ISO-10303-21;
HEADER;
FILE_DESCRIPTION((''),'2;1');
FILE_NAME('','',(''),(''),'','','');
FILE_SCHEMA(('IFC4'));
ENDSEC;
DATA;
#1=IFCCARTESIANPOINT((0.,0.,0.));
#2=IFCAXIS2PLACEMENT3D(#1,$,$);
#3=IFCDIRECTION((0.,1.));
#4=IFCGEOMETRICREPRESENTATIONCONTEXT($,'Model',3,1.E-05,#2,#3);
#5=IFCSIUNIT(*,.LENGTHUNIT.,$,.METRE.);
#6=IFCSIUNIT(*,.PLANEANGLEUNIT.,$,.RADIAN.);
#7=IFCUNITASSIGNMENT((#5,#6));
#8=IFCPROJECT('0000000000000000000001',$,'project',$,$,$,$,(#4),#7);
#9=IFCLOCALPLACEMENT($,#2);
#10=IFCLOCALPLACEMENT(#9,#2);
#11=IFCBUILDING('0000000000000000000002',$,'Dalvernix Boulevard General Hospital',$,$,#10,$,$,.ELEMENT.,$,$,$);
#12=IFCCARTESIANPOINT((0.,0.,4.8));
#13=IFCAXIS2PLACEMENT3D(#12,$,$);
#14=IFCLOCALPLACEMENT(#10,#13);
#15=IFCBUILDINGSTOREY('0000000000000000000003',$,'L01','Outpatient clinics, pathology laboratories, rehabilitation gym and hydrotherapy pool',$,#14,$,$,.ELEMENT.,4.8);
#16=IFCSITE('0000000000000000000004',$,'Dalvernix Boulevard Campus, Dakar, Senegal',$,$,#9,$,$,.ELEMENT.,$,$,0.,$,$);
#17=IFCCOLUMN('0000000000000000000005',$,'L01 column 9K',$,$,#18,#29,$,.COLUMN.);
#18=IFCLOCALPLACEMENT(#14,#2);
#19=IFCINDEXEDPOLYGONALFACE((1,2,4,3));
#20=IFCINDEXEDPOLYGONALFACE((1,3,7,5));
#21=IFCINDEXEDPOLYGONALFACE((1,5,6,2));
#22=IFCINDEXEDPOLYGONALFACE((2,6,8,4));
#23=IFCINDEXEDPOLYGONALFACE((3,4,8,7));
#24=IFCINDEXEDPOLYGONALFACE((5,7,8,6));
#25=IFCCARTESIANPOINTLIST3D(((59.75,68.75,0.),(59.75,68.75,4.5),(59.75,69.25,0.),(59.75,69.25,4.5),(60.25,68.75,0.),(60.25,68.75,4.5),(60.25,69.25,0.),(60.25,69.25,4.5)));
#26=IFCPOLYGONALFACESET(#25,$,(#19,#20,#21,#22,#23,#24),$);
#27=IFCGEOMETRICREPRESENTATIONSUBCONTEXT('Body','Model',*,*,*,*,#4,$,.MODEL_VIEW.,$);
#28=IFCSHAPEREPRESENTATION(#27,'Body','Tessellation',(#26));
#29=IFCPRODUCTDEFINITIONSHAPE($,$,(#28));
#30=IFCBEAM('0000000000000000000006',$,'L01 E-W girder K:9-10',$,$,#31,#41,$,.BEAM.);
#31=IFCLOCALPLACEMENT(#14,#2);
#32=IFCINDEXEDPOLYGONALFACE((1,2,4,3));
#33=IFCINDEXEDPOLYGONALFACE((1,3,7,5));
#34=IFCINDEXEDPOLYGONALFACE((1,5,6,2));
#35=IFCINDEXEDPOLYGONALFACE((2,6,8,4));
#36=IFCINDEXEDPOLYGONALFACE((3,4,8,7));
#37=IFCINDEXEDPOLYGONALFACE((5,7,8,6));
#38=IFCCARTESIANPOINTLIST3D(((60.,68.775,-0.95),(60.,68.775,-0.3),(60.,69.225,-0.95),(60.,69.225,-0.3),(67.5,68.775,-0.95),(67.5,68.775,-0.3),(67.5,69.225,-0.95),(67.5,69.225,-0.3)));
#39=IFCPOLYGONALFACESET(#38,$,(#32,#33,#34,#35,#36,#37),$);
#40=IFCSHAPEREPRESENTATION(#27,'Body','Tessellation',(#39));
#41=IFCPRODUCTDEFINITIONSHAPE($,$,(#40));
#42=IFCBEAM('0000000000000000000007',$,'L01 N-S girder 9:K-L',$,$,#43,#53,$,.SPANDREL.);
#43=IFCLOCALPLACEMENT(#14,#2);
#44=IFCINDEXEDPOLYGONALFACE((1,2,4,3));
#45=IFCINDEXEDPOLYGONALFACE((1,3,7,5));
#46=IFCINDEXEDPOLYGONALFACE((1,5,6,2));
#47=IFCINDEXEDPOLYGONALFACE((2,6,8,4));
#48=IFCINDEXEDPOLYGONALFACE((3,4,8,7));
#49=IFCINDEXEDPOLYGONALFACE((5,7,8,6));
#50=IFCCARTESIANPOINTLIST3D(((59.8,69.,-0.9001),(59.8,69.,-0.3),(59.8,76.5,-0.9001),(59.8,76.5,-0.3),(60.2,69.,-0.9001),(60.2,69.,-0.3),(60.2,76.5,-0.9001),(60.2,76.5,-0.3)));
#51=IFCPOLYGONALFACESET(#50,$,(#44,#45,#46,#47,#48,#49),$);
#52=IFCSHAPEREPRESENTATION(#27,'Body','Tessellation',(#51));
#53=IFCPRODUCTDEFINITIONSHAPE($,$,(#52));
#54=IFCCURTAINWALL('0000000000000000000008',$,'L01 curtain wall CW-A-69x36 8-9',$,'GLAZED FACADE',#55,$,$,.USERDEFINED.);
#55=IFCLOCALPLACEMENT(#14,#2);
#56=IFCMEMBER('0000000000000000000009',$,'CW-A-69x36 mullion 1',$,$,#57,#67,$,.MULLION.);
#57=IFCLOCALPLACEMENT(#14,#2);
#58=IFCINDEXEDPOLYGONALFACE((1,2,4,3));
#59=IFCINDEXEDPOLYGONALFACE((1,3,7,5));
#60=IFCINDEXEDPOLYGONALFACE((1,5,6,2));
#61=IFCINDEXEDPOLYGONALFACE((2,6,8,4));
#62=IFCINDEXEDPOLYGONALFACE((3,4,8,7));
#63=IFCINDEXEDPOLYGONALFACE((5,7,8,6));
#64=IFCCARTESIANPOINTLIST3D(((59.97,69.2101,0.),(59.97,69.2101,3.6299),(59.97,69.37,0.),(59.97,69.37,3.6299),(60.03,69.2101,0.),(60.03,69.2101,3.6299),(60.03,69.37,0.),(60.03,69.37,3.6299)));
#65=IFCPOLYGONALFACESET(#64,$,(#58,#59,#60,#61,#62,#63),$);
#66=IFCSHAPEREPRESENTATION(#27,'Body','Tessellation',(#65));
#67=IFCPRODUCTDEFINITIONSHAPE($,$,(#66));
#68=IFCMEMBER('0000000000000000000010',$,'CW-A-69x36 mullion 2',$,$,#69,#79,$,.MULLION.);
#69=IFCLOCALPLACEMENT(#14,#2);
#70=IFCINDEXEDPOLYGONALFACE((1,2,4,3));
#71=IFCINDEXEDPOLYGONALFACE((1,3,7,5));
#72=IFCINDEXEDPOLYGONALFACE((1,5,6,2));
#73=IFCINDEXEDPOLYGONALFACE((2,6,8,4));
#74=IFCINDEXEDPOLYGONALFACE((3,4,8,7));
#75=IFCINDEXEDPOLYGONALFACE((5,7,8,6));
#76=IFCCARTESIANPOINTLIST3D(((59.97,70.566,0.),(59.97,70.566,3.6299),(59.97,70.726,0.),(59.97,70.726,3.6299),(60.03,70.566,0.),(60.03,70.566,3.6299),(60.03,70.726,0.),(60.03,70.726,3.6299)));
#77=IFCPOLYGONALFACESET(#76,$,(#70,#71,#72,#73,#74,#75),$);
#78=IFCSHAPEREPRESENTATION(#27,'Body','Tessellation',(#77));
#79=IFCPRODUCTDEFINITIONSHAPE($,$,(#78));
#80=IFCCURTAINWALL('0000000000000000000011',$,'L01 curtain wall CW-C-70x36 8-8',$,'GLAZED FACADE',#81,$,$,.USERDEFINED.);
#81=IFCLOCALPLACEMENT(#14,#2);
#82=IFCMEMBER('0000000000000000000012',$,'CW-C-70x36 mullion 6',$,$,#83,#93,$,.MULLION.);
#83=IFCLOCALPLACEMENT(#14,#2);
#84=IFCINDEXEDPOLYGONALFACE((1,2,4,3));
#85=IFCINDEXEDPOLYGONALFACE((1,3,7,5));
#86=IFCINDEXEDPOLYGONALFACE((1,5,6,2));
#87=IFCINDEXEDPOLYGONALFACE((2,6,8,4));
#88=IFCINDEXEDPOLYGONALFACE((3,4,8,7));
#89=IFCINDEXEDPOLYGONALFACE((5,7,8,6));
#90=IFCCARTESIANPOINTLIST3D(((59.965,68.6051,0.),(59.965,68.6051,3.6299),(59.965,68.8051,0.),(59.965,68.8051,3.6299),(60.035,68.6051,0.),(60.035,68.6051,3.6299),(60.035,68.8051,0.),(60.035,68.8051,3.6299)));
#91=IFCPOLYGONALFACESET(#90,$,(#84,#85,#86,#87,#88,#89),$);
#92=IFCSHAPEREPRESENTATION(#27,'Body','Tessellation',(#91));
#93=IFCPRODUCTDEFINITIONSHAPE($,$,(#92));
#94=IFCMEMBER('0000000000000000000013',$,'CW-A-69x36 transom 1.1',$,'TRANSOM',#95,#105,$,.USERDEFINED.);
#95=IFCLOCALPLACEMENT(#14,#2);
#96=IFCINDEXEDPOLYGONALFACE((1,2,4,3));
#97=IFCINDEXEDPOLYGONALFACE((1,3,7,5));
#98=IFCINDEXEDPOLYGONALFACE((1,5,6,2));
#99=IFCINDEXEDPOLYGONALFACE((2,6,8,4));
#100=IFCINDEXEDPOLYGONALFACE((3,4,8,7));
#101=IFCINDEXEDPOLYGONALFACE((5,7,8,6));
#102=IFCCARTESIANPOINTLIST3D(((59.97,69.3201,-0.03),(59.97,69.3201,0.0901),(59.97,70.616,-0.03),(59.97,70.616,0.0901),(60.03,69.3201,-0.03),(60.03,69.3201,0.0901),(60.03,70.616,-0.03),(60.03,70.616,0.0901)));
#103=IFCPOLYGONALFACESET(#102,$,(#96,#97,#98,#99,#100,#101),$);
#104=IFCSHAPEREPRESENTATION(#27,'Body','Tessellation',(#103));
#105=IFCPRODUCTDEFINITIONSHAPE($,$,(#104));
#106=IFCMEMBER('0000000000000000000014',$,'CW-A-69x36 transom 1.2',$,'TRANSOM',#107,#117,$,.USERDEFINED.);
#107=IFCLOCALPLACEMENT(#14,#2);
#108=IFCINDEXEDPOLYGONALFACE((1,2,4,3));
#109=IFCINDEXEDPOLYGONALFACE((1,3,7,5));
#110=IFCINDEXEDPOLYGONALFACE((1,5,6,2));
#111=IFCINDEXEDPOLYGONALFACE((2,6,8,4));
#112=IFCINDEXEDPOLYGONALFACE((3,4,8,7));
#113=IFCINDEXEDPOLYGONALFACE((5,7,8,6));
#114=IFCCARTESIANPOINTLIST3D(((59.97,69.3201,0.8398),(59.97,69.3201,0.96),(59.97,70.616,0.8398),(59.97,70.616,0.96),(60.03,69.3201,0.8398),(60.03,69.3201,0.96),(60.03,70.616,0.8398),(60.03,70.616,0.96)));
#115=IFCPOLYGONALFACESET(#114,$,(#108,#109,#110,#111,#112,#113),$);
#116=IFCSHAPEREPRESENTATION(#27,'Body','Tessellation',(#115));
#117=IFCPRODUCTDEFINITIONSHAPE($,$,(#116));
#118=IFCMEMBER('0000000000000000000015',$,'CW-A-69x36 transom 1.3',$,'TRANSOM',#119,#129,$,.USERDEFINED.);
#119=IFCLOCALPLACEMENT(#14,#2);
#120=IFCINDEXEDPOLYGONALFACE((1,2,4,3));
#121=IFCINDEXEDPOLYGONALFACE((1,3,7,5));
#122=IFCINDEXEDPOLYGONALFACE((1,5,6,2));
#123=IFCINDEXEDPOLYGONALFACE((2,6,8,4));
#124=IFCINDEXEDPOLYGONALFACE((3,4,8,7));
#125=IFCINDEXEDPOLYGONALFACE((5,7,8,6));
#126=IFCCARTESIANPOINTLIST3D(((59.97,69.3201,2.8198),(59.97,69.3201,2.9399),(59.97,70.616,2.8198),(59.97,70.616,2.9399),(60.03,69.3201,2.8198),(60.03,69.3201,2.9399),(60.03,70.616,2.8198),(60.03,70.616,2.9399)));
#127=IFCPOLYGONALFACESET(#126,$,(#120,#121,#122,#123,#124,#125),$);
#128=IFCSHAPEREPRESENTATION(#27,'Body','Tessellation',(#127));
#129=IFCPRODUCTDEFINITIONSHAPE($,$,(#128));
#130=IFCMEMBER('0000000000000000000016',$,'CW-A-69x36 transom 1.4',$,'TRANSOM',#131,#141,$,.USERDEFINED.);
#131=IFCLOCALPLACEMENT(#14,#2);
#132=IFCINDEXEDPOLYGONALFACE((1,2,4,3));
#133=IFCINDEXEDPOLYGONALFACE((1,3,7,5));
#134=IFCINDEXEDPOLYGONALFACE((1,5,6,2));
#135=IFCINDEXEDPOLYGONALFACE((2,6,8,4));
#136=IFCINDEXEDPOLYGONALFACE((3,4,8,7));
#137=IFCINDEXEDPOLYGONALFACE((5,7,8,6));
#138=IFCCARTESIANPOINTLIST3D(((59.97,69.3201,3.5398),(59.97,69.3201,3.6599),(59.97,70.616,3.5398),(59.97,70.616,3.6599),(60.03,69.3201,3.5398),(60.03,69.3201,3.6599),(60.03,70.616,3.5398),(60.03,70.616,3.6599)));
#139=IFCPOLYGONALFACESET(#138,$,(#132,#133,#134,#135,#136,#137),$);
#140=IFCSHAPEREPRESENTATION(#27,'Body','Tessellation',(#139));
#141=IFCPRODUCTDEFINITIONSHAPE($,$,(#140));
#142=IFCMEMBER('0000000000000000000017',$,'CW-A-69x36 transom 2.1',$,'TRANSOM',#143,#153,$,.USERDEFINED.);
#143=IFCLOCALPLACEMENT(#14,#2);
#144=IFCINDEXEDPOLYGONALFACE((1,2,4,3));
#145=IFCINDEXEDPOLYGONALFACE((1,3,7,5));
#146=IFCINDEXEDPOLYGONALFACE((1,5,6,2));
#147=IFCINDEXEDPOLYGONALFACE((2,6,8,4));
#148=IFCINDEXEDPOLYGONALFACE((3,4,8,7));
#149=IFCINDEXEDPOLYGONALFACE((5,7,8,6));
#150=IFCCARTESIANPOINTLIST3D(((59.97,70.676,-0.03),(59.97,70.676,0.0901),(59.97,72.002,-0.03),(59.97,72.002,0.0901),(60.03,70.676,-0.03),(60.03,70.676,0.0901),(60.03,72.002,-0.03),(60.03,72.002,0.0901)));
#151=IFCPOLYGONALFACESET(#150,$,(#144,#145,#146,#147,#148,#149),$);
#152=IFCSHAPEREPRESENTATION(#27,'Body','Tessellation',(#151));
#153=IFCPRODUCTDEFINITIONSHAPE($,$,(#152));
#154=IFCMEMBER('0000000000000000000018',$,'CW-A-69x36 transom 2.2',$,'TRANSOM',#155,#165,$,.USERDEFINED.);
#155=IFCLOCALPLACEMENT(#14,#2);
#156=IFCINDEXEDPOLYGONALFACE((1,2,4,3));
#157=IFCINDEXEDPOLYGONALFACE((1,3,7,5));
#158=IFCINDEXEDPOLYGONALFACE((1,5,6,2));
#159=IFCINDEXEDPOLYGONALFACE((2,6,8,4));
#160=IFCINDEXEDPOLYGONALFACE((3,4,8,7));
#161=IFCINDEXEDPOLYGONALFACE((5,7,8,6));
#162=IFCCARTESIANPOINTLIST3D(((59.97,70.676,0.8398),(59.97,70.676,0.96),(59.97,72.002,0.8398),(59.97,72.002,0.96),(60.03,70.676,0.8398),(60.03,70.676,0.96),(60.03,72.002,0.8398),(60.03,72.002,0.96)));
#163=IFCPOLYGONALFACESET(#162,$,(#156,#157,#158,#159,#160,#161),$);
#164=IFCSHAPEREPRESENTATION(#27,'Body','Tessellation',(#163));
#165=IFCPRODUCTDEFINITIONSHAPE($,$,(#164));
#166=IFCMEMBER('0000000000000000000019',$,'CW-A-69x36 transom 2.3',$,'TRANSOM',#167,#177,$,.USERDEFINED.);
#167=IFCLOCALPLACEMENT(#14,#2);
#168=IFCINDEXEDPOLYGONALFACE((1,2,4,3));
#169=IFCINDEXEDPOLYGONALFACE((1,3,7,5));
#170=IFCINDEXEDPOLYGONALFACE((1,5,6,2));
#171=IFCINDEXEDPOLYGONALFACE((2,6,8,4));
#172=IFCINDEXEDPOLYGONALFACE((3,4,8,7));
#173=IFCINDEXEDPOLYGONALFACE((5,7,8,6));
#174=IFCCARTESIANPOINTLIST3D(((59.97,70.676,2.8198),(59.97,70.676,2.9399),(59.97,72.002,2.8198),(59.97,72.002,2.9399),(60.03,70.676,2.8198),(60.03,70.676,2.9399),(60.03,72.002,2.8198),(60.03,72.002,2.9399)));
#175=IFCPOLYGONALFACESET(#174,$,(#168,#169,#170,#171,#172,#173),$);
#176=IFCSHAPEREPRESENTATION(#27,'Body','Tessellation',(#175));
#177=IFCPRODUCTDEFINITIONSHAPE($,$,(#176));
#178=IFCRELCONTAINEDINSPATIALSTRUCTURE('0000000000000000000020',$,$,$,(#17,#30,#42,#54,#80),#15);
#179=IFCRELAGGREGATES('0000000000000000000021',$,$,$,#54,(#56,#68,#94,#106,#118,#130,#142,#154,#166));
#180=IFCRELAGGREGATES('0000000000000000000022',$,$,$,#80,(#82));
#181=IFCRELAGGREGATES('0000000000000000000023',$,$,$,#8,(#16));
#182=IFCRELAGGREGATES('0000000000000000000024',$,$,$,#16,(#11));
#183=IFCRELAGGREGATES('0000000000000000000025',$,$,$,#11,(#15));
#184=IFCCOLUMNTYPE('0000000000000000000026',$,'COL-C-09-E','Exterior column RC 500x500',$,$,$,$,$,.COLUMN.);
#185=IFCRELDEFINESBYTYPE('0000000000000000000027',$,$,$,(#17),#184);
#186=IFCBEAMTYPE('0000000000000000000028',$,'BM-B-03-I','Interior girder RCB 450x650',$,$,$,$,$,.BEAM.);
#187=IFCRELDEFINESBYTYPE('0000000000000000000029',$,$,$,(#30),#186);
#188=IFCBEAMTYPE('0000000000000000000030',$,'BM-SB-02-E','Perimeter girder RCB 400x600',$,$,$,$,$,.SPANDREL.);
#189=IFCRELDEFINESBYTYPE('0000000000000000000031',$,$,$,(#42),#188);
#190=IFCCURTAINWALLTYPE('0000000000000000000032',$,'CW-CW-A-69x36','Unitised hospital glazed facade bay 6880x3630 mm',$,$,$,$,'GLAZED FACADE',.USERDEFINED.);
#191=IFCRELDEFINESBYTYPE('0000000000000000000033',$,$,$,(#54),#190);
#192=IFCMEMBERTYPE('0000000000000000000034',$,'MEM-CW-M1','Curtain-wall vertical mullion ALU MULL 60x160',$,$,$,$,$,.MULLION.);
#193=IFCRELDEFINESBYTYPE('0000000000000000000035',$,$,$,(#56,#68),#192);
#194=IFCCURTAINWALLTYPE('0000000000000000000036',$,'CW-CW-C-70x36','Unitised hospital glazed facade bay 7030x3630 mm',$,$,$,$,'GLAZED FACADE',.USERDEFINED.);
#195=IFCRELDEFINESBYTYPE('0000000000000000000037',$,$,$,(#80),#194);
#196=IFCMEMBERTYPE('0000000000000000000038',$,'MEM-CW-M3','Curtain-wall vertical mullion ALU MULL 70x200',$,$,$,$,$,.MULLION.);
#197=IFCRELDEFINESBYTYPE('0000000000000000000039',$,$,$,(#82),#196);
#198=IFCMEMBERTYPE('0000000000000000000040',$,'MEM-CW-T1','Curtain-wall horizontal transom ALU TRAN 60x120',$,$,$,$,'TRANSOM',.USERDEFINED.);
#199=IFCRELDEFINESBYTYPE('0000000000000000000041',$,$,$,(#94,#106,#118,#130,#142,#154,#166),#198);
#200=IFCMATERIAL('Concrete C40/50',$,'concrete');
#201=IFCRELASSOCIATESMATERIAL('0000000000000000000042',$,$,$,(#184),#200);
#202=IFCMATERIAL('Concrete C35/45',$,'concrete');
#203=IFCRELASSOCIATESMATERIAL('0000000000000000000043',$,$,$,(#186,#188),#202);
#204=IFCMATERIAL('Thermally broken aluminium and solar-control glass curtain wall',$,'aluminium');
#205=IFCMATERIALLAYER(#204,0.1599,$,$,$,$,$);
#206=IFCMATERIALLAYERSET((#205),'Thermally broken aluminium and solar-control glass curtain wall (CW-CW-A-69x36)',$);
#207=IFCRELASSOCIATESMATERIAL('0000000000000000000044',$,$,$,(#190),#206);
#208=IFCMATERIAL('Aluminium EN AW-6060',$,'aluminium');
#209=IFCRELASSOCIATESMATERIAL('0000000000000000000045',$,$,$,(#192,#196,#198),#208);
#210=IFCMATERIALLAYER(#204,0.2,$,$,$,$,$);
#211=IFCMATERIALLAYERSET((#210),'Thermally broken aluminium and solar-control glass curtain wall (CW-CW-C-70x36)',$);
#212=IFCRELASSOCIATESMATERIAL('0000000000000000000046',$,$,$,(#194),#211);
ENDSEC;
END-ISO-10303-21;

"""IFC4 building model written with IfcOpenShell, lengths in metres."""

from ifc_helpers import new_model, si_unit, direction, frame, origin, origin_2d, place, context, subcontext, project, spatial, rectangle, extrude, material, layer, layer_set, material_profile, profile_set, type_object, element, aggregate, save


model = new_model("IFC4")

# Units and contexts
model_context = context("Model", 3, precision=1e-05, world=origin(), true_north=direction((0.0, 1.0)))
body_context = subcontext(model_context, "Body", "Model", "MODEL_VIEW")
ifc_project = project(units=[si_unit("LENGTHUNIT", "METRE"), si_unit("PLANEANGLEUNIT", "RADIAN")], contexts=[model_context])

# Site, building, storey
site_placement = place(None, origin())
site = spatial("IfcSite", under=ifc_project, at=site_placement, Name="Dalvernix Boulevard Campus, Dakar, Senegal", CompositionType="ELEMENT", RefElevation=0.0)
building_placement = place(site_placement, origin())
building = spatial("IfcBuilding", under=site, at=building_placement, Name="Dalvernix Boulevard General Hospital", CompositionType="ELEMENT")
storey_placement = place(building_placement, frame((0.0, 0.0, 4.8)))
storey = spatial("IfcBuildingStorey", under=building, at=storey_placement, Name="L01", Description="Outpatient clinics, pathology laboratories, rehabilitation gym and hydrotherapy pool", CompositionType="ELEMENT", Elevation=4.8)

# Column
ifc_material_1 = material(Name="Concrete C40/50", Category="concrete")
ifc_material_profile_1 = material_profile(ifc_material_1, rectangle(XDim=0.5, YDim=0.5, at=origin_2d()), Name="RC 500x500")
ifc_profile_set_1 = profile_set([ifc_material_profile_1], Name="Concrete C40/50")
column_type = type_object("IfcColumnType", Name="COL-C-09-E", Description="Exterior column RC 500x500", PredefinedType="COLUMN", material=ifc_profile_set_1)
column_placement = place(storey_placement, frame((60.0, 69.0, 0.0), z_axis=(0.0, 0.0, 1.0), x_axis=(1.0, 0.0, 0.0)))
element("IfcColumn", 1, at=column_placement, inside=storey, type_object=column_type, Name="L01 column 9K", PredefinedType="COLUMN", context=body_context, shape_type="SweptSolid", body=[
    extrude(rectangle(XDim=0.5, YDim=0.5, at=origin_2d()), origin(), (0.0, 0.0, 1.0), 4.5),
])

# Beams
ifc_material_2 = material(Name="Concrete C35/45", Category="concrete")
ifc_material_profile_2 = material_profile(ifc_material_2, rectangle(XDim=0.45, YDim=0.6499, at=origin_2d()), Name="RCB 450x650")
ifc_profile_set_2 = profile_set([ifc_material_profile_2], Name="Concrete C35/45")
beam_type_1 = type_object("IfcBeamType", Name="BM-B-03-I", Description="Interior girder RCB 450x650", PredefinedType="BEAM", material=ifc_profile_set_2)
beam_1_placement = place(storey_placement, frame((60.0, 69.0, -0.625), z_axis=(1.0, 0.0, 0.0), x_axis=(0.0, 1.0, 0.0)))
element("IfcBeam", 2, at=beam_1_placement, inside=storey, type_object=beam_type_1, Name="L01 E-W girder K:9-10", PredefinedType="BEAM", context=body_context, shape_type="SweptSolid", body=[
    extrude(rectangle(XDim=0.45, YDim=0.6499, at=origin_2d()), origin(), (0.0, 0.0, 1.0), 7.5),
])
ifc_material_profile_3 = material_profile(ifc_material_2, rectangle(XDim=0.3999, YDim=0.6001, at=origin_2d()), Name="RCB 400x600")
ifc_profile_set_3 = profile_set([ifc_material_profile_3], Name="Concrete C35/45")
beam_type_2 = type_object("IfcBeamType", Name="BM-SB-02-E", Description="Perimeter girder RCB 400x600", PredefinedType="SPANDREL", material=ifc_profile_set_3)
beam_2_placement = place(storey_placement, frame((60.0, 69.0, -0.6001), z_axis=(0.0, 1.0, 0.0), x_axis=(-1.0, 0.0, 0.0)))
element("IfcBeam", 3, at=beam_2_placement, inside=storey, type_object=beam_type_2, Name="L01 N-S girder 9:K-L", PredefinedType="SPANDREL", context=body_context, shape_type="SweptSolid", body=[
    extrude(rectangle(XDim=0.3999, YDim=0.6001, at=origin_2d()), origin(), (0.0, 0.0, 1.0), 7.5),
])

# Curtain wall, members
ifc_material_3 = material(Name="Thermally broken aluminium and solar-control glass curtain wall", Category="aluminium")
ifc_layer_1 = layer(ifc_material_3, 0.1599)
ifc_layer_set_1 = layer_set([ifc_layer_1], Name="Thermally broken aluminium and solar-control glass curtain wall (CW-CW-A-69x36)")
curtain_wall_type_1 = type_object("IfcCurtainWallType", Name="CW-CW-A-69x36", Description="Unitised hospital glazed facade bay 6880x3630 mm", ElementType="GLAZED FACADE", PredefinedType="USERDEFINED", material=ifc_layer_set_1)
curtain_wall_1_placement = place(storey_placement, origin())
curtain_wall_1 = element("IfcCurtainWall", 4, at=curtain_wall_1_placement, inside=storey, type_object=curtain_wall_type_1, Name="L01 curtain wall CW-A-69x36 8-9", ObjectType="GLAZED FACADE", PredefinedType="USERDEFINED")
ifc_material_4 = material(Name="Aluminium EN AW-6060", Category="aluminium")
ifc_material_profile_4 = material_profile(ifc_material_4, rectangle(XDim=0.0601, YDim=0.1599, at=origin_2d()), Name="ALU MULL 60x160")
ifc_profile_set_4 = profile_set([ifc_material_profile_4], Name="Aluminium EN AW-6060")
member_type_1 = type_object("IfcMemberType", Name="MEM-CW-M1", Description="Curtain-wall vertical mullion ALU MULL 60x160", PredefinedType="MULLION", material=ifc_profile_set_4)
member_1_placement = place(storey_placement, frame((60.0, 69.29, 0.0), z_axis=(0.0, 0.0, 1.0), x_axis=(-1.0, 0.0, 0.0)))
member_1 = element("IfcMember", 5, at=member_1_placement, type_object=member_type_1, Name="CW-A-69x36 mullion 1", PredefinedType="MULLION", context=body_context, shape_type="SweptSolid", body=[
    extrude(rectangle(XDim=0.0601, YDim=0.1599, at=origin_2d()), origin(), (0.0, 0.0, 1.0), 3.6299),
])
member_2_placement = place(storey_placement, frame((60.0, 70.646, 0.0), z_axis=(0.0, 0.0, 1.0), x_axis=(-1.0, 0.0, 0.0)))
member_2 = element("IfcMember", 6, at=member_2_placement, type_object=member_type_1, Name="CW-A-69x36 mullion 2", PredefinedType="MULLION", context=body_context, shape_type="SweptSolid", body=[
    extrude(rectangle(XDim=0.0601, YDim=0.1599, at=origin_2d()), origin(), (0.0, 0.0, 1.0), 3.6299),
])

# Curtain wall, member
ifc_layer_2 = layer(ifc_material_3, 0.2)
ifc_layer_set_2 = layer_set([ifc_layer_2], Name="Thermally broken aluminium and solar-control glass curtain wall (CW-CW-C-70x36)")
curtain_wall_type_2 = type_object("IfcCurtainWallType", Name="CW-CW-C-70x36", Description="Unitised hospital glazed facade bay 7030x3630 mm", ElementType="GLAZED FACADE", PredefinedType="USERDEFINED", material=ifc_layer_set_2)
curtain_wall_2_placement = place(storey_placement, origin())
curtain_wall_2 = element("IfcCurtainWall", 7, at=curtain_wall_2_placement, inside=storey, type_object=curtain_wall_type_2, Name="L01 curtain wall CW-C-70x36 8-8", ObjectType="GLAZED FACADE", PredefinedType="USERDEFINED")
ifc_material_profile_5 = material_profile(ifc_material_4, rectangle(XDim=0.0701, YDim=0.2, at=origin_2d()), Name="ALU MULL 70x200")
ifc_profile_set_5 = profile_set([ifc_material_profile_5], Name="Aluminium EN AW-6060")
member_type_2 = type_object("IfcMemberType", Name="MEM-CW-M3", Description="Curtain-wall vertical mullion ALU MULL 70x200", PredefinedType="MULLION", material=ifc_profile_set_5)
member_3_placement = place(storey_placement, frame((60.0, 68.7051, 0.0), z_axis=(0.0, 0.0, 1.0), x_axis=(-1.0, 0.0, 0.0)))
member_3 = element("IfcMember", 8, at=member_3_placement, type_object=member_type_2, Name="CW-C-70x36 mullion 6", PredefinedType="MULLION", context=body_context, shape_type="SweptSolid", body=[
    extrude(rectangle(XDim=0.0701, YDim=0.2, at=origin_2d()), origin(), (0.0, 0.0, 1.0), 3.6299),
])

# Members
ifc_material_profile_6 = material_profile(ifc_material_4, rectangle(XDim=0.0601, YDim=0.1201, at=origin_2d()), Name="ALU TRAN 60x120")
ifc_profile_set_6 = profile_set([ifc_material_profile_6], Name="Aluminium EN AW-6060")
member_type_3 = type_object("IfcMemberType", Name="MEM-CW-T1", Description="Curtain-wall horizontal transom ALU TRAN 60x120", ElementType="TRANSOM", PredefinedType="USERDEFINED", material=ifc_profile_set_6)
member_4_placement = place(storey_placement, frame((60.0, 69.3201, 0.03), z_axis=(0.0, 1.0, 0.0), x_axis=(-1.0, 0.0, 0.0)))
member_4 = element("IfcMember", 9, at=member_4_placement, type_object=member_type_3, Name="CW-A-69x36 transom 1.1", ObjectType="TRANSOM", PredefinedType="USERDEFINED", context=body_context, shape_type="SweptSolid", body=[
    extrude(rectangle(XDim=0.0601, YDim=0.1201, at=origin_2d()), origin(), (0.0, 0.0, 1.0), 1.2959),
])
member_5_placement = place(storey_placement, frame((60.0, 69.3201, 0.8999), z_axis=(0.0, 1.0, 0.0), x_axis=(-1.0, 0.0, 0.0)))
member_5 = element("IfcMember", 10, at=member_5_placement, type_object=member_type_3, Name="CW-A-69x36 transom 1.2", ObjectType="TRANSOM", PredefinedType="USERDEFINED", context=body_context, shape_type="SweptSolid", body=[
    extrude(rectangle(XDim=0.0601, YDim=0.1201, at=origin_2d()), origin(), (0.0, 0.0, 1.0), 1.2959),
])
member_6_placement = place(storey_placement, frame((60.0, 69.3201, 2.8799), z_axis=(0.0, 1.0, 0.0), x_axis=(-1.0, 0.0, 0.0)))
member_6 = element("IfcMember", 11, at=member_6_placement, type_object=member_type_3, Name="CW-A-69x36 transom 1.3", ObjectType="TRANSOM", PredefinedType="USERDEFINED", context=body_context, shape_type="SweptSolid", body=[
    extrude(rectangle(XDim=0.0601, YDim=0.1201, at=origin_2d()), origin(), (0.0, 0.0, 1.0), 1.2959),
])
member_7_placement = place(storey_placement, frame((60.0, 69.3201, 3.5999), z_axis=(0.0, 1.0, 0.0), x_axis=(-1.0, 0.0, 0.0)))
member_7 = element("IfcMember", 12, at=member_7_placement, type_object=member_type_3, Name="CW-A-69x36 transom 1.4", ObjectType="TRANSOM", PredefinedType="USERDEFINED", context=body_context, shape_type="SweptSolid", body=[
    extrude(rectangle(XDim=0.0601, YDim=0.1201, at=origin_2d()), origin(), (0.0, 0.0, 1.0), 1.2959),
])
member_8_placement = place(storey_placement, frame((60.0, 70.676, 0.03), z_axis=(0.0, 1.0, 0.0), x_axis=(-1.0, 0.0, 0.0)))
member_8 = element("IfcMember", 13, at=member_8_placement, type_object=member_type_3, Name="CW-A-69x36 transom 2.1", ObjectType="TRANSOM", PredefinedType="USERDEFINED", context=body_context, shape_type="SweptSolid", body=[
    extrude(rectangle(XDim=0.0601, YDim=0.1201, at=origin_2d()), origin(), (0.0, 0.0, 1.0), 1.3259),
])
member_9_placement = place(storey_placement, frame((60.0, 70.676, 0.8999), z_axis=(0.0, 1.0, 0.0), x_axis=(-1.0, 0.0, 0.0)))
member_9 = element("IfcMember", 14, at=member_9_placement, type_object=member_type_3, Name="CW-A-69x36 transom 2.2", ObjectType="TRANSOM", PredefinedType="USERDEFINED", context=body_context, shape_type="SweptSolid", body=[
    extrude(rectangle(XDim=0.0601, YDim=0.1201, at=origin_2d()), origin(), (0.0, 0.0, 1.0), 1.3259),
])
member_10_placement = place(storey_placement, frame((60.0, 70.676, 2.8799), z_axis=(0.0, 1.0, 0.0), x_axis=(-1.0, 0.0, 0.0)))
member_10 = element("IfcMember", 15, at=member_10_placement, type_object=member_type_3, Name="CW-A-69x36 transom 2.3", ObjectType="TRANSOM", PredefinedType="USERDEFINED", context=body_context, shape_type="SweptSolid", body=[
    extrude(rectangle(XDim=0.0601, YDim=0.1201, at=origin_2d()), origin(), (0.0, 0.0, 1.0), 1.3259),
])

aggregate(curtain_wall_1, [member_1, member_2, member_4, member_5, member_6, member_7, member_8, member_9, member_10])
aggregate(curtain_wall_2, [member_3])

save(model, "model.ifc")
